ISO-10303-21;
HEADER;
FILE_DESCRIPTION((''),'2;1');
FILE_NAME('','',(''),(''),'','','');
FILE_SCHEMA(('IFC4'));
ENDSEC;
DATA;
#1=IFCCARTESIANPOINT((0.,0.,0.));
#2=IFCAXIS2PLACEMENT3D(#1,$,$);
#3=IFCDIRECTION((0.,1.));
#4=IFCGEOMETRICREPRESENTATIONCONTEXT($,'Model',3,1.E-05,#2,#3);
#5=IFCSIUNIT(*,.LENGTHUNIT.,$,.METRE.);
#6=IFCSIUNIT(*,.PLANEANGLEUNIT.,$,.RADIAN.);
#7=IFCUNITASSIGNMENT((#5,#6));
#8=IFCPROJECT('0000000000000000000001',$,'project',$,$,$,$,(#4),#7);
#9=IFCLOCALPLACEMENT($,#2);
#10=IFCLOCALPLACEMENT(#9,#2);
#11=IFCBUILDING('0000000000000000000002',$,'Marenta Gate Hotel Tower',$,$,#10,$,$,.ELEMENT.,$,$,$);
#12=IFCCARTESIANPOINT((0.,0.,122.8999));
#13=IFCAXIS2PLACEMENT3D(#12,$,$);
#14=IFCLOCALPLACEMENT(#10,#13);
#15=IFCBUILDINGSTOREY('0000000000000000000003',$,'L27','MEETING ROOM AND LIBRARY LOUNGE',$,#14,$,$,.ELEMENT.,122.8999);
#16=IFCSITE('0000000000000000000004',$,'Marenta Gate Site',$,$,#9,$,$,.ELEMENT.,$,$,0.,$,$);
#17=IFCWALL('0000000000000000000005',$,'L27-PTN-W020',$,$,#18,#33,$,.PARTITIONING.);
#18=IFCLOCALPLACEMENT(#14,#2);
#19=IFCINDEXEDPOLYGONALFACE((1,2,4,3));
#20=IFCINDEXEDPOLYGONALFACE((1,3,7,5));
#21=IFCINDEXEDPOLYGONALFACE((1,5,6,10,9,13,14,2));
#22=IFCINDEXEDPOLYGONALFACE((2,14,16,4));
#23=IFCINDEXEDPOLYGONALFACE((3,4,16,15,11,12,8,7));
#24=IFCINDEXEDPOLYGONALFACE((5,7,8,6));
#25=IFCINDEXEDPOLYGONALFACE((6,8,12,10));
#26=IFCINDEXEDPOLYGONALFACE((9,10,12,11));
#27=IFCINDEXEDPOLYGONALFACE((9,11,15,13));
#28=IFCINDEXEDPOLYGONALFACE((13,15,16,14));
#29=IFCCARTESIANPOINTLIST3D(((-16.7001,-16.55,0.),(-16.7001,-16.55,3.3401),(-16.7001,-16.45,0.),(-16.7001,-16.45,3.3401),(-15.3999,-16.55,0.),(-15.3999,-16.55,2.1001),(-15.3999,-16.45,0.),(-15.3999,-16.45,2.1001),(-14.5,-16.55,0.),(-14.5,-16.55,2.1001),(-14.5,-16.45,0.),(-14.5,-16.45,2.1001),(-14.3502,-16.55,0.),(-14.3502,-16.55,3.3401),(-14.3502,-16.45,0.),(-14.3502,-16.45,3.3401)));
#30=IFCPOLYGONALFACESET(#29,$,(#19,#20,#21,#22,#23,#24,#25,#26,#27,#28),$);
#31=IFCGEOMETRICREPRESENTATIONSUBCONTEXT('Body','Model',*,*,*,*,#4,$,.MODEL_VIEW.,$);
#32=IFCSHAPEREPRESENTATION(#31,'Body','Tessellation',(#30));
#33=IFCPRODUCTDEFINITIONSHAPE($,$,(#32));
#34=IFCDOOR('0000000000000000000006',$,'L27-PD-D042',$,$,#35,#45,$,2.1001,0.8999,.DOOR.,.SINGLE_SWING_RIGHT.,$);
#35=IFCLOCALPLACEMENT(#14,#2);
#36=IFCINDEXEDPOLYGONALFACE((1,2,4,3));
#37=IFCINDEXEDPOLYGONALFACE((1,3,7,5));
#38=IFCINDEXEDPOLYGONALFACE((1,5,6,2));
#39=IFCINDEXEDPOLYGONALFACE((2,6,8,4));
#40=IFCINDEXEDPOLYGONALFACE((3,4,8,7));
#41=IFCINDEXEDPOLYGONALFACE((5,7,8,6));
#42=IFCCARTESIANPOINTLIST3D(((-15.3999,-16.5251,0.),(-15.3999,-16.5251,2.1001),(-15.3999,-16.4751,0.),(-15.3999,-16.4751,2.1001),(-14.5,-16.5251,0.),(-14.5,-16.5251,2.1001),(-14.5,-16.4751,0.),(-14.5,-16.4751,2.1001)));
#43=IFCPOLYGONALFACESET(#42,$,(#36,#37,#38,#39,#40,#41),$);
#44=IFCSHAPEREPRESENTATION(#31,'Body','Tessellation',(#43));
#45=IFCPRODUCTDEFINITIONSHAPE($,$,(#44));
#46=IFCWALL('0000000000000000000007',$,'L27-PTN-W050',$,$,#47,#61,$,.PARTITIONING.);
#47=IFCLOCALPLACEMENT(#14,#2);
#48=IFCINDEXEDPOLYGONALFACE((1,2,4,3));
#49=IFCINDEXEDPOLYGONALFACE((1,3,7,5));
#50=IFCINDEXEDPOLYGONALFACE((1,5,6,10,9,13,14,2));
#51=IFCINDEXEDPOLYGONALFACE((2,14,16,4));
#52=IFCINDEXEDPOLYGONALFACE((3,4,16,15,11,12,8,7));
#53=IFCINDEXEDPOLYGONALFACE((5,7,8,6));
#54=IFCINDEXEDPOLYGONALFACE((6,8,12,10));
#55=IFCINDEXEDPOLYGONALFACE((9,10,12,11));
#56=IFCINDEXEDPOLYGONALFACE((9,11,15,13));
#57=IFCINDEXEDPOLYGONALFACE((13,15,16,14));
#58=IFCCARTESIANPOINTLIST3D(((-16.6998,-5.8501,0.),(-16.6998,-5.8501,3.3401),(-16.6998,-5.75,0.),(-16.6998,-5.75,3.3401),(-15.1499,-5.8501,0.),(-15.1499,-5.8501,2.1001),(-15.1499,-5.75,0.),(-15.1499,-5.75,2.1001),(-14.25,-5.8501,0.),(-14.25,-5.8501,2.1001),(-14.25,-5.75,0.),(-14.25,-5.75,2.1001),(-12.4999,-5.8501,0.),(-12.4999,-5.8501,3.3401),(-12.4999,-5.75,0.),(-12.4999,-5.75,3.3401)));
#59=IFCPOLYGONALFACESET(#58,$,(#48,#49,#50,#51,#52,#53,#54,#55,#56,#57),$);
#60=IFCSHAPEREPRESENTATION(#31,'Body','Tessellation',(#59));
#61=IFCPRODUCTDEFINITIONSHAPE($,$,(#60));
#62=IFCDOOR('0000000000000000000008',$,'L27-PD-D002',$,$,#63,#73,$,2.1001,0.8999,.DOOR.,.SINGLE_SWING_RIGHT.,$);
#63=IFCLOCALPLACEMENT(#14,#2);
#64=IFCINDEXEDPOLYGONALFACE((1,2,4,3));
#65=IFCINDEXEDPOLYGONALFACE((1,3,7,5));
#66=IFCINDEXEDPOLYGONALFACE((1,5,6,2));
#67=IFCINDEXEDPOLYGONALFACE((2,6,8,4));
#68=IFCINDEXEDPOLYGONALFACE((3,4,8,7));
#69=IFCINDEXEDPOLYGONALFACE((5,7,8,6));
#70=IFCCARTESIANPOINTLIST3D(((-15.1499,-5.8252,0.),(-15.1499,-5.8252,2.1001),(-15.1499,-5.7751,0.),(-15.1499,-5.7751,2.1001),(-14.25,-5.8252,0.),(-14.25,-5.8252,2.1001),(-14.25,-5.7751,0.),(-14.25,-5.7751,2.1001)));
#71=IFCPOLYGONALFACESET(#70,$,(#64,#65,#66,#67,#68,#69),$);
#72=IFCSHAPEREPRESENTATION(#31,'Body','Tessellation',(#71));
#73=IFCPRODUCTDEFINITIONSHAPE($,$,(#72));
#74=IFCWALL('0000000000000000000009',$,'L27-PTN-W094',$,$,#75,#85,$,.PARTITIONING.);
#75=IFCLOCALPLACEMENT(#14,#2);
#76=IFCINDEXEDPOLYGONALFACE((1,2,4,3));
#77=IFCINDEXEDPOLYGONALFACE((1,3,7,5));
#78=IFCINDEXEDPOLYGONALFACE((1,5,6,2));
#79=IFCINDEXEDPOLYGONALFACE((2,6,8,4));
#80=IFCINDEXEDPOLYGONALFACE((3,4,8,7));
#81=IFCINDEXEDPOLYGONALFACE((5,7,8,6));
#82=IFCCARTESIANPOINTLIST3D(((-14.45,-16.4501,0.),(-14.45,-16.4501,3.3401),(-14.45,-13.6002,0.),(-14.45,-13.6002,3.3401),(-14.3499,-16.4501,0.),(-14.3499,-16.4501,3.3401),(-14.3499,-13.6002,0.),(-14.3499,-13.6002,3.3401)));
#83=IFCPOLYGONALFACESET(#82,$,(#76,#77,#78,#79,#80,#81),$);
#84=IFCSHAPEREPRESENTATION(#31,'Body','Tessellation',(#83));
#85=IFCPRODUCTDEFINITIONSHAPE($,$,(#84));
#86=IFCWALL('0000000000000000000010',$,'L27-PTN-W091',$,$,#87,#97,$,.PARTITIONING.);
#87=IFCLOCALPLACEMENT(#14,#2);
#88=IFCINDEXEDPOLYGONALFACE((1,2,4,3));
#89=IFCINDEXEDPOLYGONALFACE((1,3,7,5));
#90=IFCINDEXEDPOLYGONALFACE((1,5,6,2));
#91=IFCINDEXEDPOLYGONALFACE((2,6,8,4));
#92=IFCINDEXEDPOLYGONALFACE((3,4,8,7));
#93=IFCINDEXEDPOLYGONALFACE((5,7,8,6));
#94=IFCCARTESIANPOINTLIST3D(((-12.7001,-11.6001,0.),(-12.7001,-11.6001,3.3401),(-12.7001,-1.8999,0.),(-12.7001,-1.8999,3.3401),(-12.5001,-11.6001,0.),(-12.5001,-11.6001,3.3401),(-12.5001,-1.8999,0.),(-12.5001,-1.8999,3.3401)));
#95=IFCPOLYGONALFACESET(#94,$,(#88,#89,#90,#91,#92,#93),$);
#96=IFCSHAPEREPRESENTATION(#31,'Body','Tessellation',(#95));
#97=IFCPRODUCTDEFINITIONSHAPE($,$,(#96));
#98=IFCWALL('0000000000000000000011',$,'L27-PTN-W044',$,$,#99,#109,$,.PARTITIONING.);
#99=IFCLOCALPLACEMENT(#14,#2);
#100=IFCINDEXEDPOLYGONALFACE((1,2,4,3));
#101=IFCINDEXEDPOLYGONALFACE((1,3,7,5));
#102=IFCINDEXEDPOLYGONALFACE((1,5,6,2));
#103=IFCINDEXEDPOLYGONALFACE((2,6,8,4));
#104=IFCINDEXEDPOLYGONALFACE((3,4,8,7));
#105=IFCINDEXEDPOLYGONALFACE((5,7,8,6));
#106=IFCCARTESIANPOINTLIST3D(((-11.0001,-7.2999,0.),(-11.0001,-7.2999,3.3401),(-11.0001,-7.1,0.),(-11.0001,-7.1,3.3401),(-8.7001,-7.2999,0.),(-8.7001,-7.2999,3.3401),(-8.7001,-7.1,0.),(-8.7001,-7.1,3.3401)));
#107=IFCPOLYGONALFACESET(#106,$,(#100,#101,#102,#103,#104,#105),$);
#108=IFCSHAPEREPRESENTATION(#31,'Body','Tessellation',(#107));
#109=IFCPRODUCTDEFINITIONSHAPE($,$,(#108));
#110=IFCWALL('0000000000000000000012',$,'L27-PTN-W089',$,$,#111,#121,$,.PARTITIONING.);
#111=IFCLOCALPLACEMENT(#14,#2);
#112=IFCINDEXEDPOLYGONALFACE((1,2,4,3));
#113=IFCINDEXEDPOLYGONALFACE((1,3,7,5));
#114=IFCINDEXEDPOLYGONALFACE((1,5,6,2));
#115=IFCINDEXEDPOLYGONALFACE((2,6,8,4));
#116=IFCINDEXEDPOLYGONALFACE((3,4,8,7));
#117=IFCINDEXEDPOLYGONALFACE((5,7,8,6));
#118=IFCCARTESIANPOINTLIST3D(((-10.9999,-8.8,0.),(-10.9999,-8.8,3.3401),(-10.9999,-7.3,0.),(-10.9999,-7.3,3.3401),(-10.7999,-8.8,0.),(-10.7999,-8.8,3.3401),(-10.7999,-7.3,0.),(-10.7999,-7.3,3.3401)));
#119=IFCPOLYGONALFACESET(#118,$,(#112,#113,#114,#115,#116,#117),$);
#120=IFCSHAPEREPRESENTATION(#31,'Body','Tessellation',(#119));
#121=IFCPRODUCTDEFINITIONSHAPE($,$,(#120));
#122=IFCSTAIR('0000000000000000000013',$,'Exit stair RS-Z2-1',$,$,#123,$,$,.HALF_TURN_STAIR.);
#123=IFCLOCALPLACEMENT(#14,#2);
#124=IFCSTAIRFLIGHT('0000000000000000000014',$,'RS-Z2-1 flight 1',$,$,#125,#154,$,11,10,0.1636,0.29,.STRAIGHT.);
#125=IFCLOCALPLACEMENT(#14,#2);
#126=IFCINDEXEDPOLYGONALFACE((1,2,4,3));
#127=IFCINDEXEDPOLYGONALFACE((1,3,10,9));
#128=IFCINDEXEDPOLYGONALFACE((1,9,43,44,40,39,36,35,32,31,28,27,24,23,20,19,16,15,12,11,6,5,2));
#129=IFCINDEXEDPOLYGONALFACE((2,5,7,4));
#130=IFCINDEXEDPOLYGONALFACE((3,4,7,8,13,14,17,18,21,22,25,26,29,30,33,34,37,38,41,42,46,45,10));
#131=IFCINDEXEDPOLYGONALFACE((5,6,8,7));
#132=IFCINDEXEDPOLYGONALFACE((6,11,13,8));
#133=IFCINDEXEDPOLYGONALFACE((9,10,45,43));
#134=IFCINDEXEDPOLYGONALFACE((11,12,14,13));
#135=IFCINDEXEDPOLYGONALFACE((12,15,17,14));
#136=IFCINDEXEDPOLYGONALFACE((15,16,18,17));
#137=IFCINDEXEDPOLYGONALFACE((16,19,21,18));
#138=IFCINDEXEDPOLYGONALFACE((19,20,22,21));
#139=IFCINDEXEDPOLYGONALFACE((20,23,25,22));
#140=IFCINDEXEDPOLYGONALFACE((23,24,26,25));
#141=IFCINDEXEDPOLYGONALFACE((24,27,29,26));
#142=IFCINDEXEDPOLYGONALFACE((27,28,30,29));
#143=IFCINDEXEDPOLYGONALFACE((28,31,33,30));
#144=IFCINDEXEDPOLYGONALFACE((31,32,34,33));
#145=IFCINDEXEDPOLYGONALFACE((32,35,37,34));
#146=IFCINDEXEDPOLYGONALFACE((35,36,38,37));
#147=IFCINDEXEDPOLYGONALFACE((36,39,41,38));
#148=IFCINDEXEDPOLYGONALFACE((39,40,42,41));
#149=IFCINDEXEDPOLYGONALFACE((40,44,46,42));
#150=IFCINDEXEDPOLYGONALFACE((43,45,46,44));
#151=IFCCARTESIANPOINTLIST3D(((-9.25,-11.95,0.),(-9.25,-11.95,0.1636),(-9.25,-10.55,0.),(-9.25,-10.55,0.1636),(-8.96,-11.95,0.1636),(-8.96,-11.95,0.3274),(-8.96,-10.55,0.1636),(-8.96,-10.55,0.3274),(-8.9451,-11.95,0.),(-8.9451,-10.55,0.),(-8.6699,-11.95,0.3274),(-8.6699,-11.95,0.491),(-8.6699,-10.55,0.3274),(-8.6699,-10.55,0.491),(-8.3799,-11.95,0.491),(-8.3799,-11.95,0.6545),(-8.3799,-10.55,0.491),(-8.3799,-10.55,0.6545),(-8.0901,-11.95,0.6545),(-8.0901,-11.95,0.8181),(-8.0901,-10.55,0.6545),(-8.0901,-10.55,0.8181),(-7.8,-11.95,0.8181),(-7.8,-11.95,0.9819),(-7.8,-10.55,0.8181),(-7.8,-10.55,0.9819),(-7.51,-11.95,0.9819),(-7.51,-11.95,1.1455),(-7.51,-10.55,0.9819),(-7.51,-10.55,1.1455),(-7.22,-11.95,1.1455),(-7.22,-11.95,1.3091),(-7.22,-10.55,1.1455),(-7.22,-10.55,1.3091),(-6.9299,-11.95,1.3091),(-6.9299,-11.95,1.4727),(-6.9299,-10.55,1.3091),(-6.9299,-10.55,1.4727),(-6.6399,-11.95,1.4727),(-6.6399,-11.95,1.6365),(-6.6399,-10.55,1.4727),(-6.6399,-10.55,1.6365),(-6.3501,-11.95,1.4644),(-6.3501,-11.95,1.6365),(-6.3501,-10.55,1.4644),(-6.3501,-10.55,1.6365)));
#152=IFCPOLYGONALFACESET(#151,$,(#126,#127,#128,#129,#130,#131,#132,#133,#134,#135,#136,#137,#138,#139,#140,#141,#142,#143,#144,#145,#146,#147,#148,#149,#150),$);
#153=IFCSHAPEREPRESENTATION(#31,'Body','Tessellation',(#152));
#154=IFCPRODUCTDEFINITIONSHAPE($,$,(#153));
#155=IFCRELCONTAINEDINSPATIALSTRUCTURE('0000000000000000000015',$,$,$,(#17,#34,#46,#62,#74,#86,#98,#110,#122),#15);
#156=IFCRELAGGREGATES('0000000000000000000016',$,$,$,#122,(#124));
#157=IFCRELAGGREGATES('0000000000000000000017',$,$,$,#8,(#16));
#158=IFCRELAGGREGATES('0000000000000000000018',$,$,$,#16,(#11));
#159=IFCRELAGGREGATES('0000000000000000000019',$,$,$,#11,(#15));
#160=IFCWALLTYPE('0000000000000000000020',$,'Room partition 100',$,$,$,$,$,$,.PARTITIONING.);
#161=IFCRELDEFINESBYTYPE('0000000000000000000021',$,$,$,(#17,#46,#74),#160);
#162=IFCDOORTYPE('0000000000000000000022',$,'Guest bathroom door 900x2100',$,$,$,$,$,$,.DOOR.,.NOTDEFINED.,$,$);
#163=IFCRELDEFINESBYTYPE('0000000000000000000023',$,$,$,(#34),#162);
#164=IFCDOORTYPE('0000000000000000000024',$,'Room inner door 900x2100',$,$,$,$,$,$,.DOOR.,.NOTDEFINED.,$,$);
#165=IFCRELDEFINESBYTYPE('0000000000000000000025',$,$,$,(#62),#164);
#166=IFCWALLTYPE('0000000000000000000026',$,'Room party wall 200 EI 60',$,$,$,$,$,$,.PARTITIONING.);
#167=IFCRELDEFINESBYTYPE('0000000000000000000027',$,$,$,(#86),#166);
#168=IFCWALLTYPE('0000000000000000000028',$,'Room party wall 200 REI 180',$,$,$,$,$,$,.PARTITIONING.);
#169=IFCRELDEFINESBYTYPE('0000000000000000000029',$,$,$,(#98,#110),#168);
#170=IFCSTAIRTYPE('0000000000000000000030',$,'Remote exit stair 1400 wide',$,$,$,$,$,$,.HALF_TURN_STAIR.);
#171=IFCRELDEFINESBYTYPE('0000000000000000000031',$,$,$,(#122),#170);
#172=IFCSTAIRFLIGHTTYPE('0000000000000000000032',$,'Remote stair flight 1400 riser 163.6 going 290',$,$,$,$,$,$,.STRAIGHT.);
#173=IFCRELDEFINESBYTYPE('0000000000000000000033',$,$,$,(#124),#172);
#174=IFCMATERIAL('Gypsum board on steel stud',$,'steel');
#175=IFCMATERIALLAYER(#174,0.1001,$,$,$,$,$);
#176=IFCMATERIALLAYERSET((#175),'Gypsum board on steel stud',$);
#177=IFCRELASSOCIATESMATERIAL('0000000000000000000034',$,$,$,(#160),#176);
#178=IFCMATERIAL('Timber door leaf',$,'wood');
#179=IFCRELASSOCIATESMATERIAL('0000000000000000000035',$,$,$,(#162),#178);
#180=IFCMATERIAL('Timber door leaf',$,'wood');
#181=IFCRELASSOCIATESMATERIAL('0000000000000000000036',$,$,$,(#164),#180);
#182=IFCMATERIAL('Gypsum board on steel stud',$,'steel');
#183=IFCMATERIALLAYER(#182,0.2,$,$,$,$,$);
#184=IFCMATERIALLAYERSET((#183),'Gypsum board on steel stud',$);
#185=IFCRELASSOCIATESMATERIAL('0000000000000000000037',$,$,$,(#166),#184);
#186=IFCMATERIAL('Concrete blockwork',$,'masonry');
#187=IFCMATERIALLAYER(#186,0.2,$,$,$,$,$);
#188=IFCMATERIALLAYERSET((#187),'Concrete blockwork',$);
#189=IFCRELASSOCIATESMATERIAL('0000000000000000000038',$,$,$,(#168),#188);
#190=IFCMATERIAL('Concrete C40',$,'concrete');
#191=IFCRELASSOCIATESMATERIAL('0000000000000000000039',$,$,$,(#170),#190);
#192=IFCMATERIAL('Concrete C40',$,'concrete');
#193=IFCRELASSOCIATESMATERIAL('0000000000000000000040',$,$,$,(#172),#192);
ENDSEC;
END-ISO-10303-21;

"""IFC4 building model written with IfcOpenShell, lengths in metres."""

from ifc_helpers import new_model, si_unit, direction, frame, frame_2d, origin, place, context, subcontext, project, spatial, polyline, rectangle, outline, extrude, material, layer, layer_set, type_object, element, fill, aggregate, save


model = new_model("IFC4")

# Units and contexts
model_context = context("Model", 3, precision=1e-05, world=origin(), true_north=direction((0.0, 1.0)))
body_context = subcontext(model_context, "Body", "Model", "MODEL_VIEW")
ifc_project = project(units=[si_unit("LENGTHUNIT", "METRE"), si_unit("PLANEANGLEUNIT", "RADIAN")], contexts=[model_context])

# Site, building, storey
site_placement = place(None, origin())
site = spatial("IfcSite", under=ifc_project, at=site_placement, Name="Marenta Gate Site", CompositionType="ELEMENT", RefElevation=0.0)
building_placement = place(site_placement, origin())
building = spatial("IfcBuilding", under=site, at=building_placement, Name="Marenta Gate Hotel Tower", CompositionType="ELEMENT")
storey_placement = place(building_placement, frame((0.0, 0.0, 122.8999)))
storey = spatial("IfcBuildingStorey", under=building, at=storey_placement, Name="L27", Description="MEETING ROOM AND LIBRARY LOUNGE", CompositionType="ELEMENT", Elevation=122.8999)

# Walls, openings, doors
ifc_material_1 = material(Name="Gypsum board on steel stud", Category="steel")
ifc_layer_1 = layer(ifc_material_1, 0.1001)
ifc_layer_set_1 = layer_set([ifc_layer_1], Name="Gypsum board on steel stud")
wall_type_1 = type_object("IfcWallType", Name="Room partition 100", PredefinedType="PARTITIONING", material=ifc_layer_set_1)
wall_1_placement = place(storey_placement, frame((-16.7, -16.5, 0.0), z_axis=(0.0, 0.0, 1.0), x_axis=(1.0, 0.0, 0.0)))
wall_1 = element("IfcWall", 1, at=wall_1_placement, inside=storey, type_object=wall_type_1, Name="L27-PTN-W020", PredefinedType="PARTITIONING", context=body_context, shape_type="SweptSolid", body=[
    extrude(rectangle(XDim=2.3499, YDim=0.1001, at=frame_2d((1.1748, 0.0))), origin(), (0.0, 0.0, 1.0), 3.3401),
])
opening_1_placement = place(wall_1_placement, frame((1.3, 0.0, 0.0)))
opening_1 = element("IfcOpeningElement", 2, at=opening_1_placement, cuts=wall_1, PredefinedType="OPENING", context=body_context, shape_type="SweptSolid", body=[
    extrude(rectangle(XDim=0.8999, YDim=2.1001, at=frame_2d((0.45, 1.05))), frame((0.0, 0.05, 0.0), z_axis=(0.0, -1.0, 0.0), x_axis=(1.0, 0.0, 0.0)), (0.0, 0.0, 1.0), 0.1001),
])
ifc_material_2 = material(Name="Timber door leaf", Category="wood")
door_type_1 = type_object("IfcDoorType", Name="Guest bathroom door 900x2100", OperationType="NOTDEFINED", PredefinedType="DOOR", material=ifc_material_2)
door_1_placement = place(opening_1_placement, origin())
door_1 = element("IfcDoor", 3, at=door_1_placement, inside=storey, type_object=door_type_1, Name="L27-PD-D042", OperationType="SINGLE_SWING_RIGHT", OverallHeight=2.1001, OverallWidth=0.8999, PredefinedType="DOOR", context=body_context, shape_type="SweptSolid", body=[
    extrude(rectangle(XDim=0.8999, YDim=2.1001, at=frame_2d((0.45, 1.05))), frame((0.0, 0.0249, 0.0), z_axis=(0.0, -1.0, 0.0), x_axis=(1.0, 0.0, 0.0)), (0.0, 0.0, 1.0), 0.05),
])
fill(opening_1, door_1)
wall_2_placement = place(storey_placement, frame((-16.7, -5.8, 0.0), z_axis=(0.0, 0.0, 1.0), x_axis=(1.0, 0.0, 0.0)))
wall_2 = element("IfcWall", 4, at=wall_2_placement, inside=storey, type_object=wall_type_1, Name="L27-PTN-W050", PredefinedType="PARTITIONING", context=body_context, shape_type="SweptSolid", body=[
    extrude(rectangle(XDim=4.2, YDim=0.1001, at=frame_2d((2.1001, 0.0))), origin(), (0.0, 0.0, 1.0), 3.3401),
])
opening_2_placement = place(wall_2_placement, frame((1.55, 0.0, 0.0)))
opening_2 = element("IfcOpeningElement", 5, at=opening_2_placement, cuts=wall_2, PredefinedType="OPENING", context=body_context, shape_type="SweptSolid", body=[
    extrude(rectangle(XDim=0.8999, YDim=2.1001, at=frame_2d((0.45, 1.05))), frame((0.0, 0.05, 0.0), z_axis=(0.0, -1.0, 0.0), x_axis=(1.0, 0.0, 0.0)), (0.0, 0.0, 1.0), 0.1001),
])
ifc_material_3 = material(Name="Timber door leaf", Category="wood")
door_type_2 = type_object("IfcDoorType", Name="Room inner door 900x2100", OperationType="NOTDEFINED", PredefinedType="DOOR", material=ifc_material_3)
door_2_placement = place(opening_2_placement, origin())
door_2 = element("IfcDoor", 6, at=door_2_placement, inside=storey, type_object=door_type_2, Name="L27-PD-D002", OperationType="SINGLE_SWING_RIGHT", OverallHeight=2.1001, OverallWidth=0.8999, PredefinedType="DOOR", context=body_context, shape_type="SweptSolid", body=[
    extrude(rectangle(XDim=0.8999, YDim=2.1001, at=frame_2d((0.45, 1.05))), frame((0.0, 0.0249, 0.0), z_axis=(0.0, -1.0, 0.0), x_axis=(1.0, 0.0, 0.0)), (0.0, 0.0, 1.0), 0.05),
])
fill(opening_2, door_2)

# Walls
wall_3_placement = place(storey_placement, frame((-14.3999, -16.45, 0.0), z_axis=(0.0, 0.0, 1.0), x_axis=(0.0, 1.0, 0.0)))
element("IfcWall", 7, at=wall_3_placement, inside=storey, type_object=wall_type_1, Name="L27-PTN-W094", PredefinedType="PARTITIONING", context=body_context, shape_type="SweptSolid", body=[
    extrude(rectangle(XDim=2.8499, YDim=0.1001, at=frame_2d((1.4248, 0.0))), origin(), (0.0, 0.0, 1.0), 3.3401),
])
ifc_material_4 = material(Name="Gypsum board on steel stud", Category="steel")
ifc_layer_2 = layer(ifc_material_4, 0.2)
ifc_layer_set_2 = layer_set([ifc_layer_2], Name="Gypsum board on steel stud")
wall_type_2 = type_object("IfcWallType", Name="Room party wall 200 EI 60", PredefinedType="PARTITIONING", material=ifc_layer_set_2)
wall_4_placement = place(storey_placement, frame((-12.6001, -11.6001, 0.0), z_axis=(0.0, 0.0, 1.0), x_axis=(0.0, 1.0, 0.0)))
element("IfcWall", 8, at=wall_4_placement, inside=storey, type_object=wall_type_2, Name="L27-PTN-W091", PredefinedType="PARTITIONING", context=body_context, shape_type="SweptSolid", body=[
    extrude(rectangle(XDim=9.7002, YDim=0.2, at=frame_2d((4.8501, 0.0))), origin(), (0.0, 0.0, 1.0), 3.3401),
])
ifc_material_5 = material(Name="Concrete blockwork", Category="masonry")
ifc_layer_3 = layer(ifc_material_5, 0.2)
ifc_layer_set_3 = layer_set([ifc_layer_3], Name="Concrete blockwork")
wall_type_3 = type_object("IfcWallType", Name="Room party wall 200 REI 180", PredefinedType="PARTITIONING", material=ifc_layer_set_3)
wall_5_placement = place(storey_placement, frame((-11.0, -7.2, 0.0), z_axis=(0.0, 0.0, 1.0), x_axis=(1.0, 0.0, 0.0)))
element("IfcWall", 9, at=wall_5_placement, inside=storey, type_object=wall_type_3, Name="L27-PTN-W044", PredefinedType="PARTITIONING", context=body_context, shape_type="SweptSolid", body=[
    extrude(rectangle(XDim=2.3, YDim=0.2, at=frame_2d((1.1499, 0.0))), origin(), (0.0, 0.0, 1.0), 3.3401),
])
wall_6_placement = place(storey_placement, frame((-10.8999, -8.8, 0.0), z_axis=(0.0, 0.0, 1.0), x_axis=(0.0, 1.0, 0.0)))
element("IfcWall", 10, at=wall_6_placement, inside=storey, type_object=wall_type_3, Name="L27-PTN-W089", PredefinedType="PARTITIONING", context=body_context, shape_type="SweptSolid", body=[
    extrude(rectangle(XDim=1.5, YDim=0.2, at=frame_2d((0.75, 0.0))), origin(), (0.0, 0.0, 1.0), 3.3401),
])

# Stair, stair flight
ifc_material_6 = material(Name="Concrete C40", Category="concrete")
stair_type = type_object("IfcStairType", Name="Remote exit stair 1400 wide", PredefinedType="HALF_TURN_STAIR", material=ifc_material_6)
stair_placement = place(storey_placement, origin())
stair = element("IfcStair", 11, at=stair_placement, inside=storey, type_object=stair_type, Name="Exit stair RS-Z2-1", PredefinedType="HALF_TURN_STAIR")
ifc_material_7 = material(Name="Concrete C40", Category="concrete")
stair_flight_type = type_object("IfcStairFlightType", Name="Remote stair flight 1400 riser 163.6 going 290", PredefinedType="STRAIGHT", material=ifc_material_7)
stair_flight_placement = place(storey_placement, frame((-9.25, -11.25, 0.0), z_axis=(0.0, 0.0, 1.0), x_axis=(1.0, 0.0, 0.0)))
stair_flight = element("IfcStairFlight", 12, at=stair_flight_placement, type_object=stair_flight_type, Name="RS-Z2-1 flight 1", NumberOfRisers=11, NumberOfTreads=10, PredefinedType="STRAIGHT", RiserHeight=0.1636, TreadLength=0.29, context=body_context, shape_type="SweptSolid", body=[
    extrude(outline(polyline([(0.0, 0.0), (0.0, 0.1636), (0.29, 0.1636), (0.29, 0.3274), (0.5801, 0.3274), (0.5801, 0.491), (0.8701, 0.491), (0.8701, 0.6545), (1.1599, 0.6545), (1.1599, 0.8181), (1.45, 0.8181), (1.45, 0.9819), (1.74, 0.9819), (1.74, 1.1455), (2.03, 1.1455), (2.03, 1.3091), (2.3201, 1.3091), (2.3201, 1.4727), (2.6101, 1.4727), (2.6101, 1.6365), (2.8999, 1.6365), (2.8999, 1.8), (2.8999, 1.4644), (0.3049, 0.0), (0.0, 0.0)])), frame((0.0, 0.7, 0.0), z_axis=(0.0, -1.0, 0.0), x_axis=(1.0, 0.0, 0.0)), (0.0, 0.0, 1.0), 1.3999),
])
aggregate(stair, [stair_flight])

save(model, "model.ifc")
